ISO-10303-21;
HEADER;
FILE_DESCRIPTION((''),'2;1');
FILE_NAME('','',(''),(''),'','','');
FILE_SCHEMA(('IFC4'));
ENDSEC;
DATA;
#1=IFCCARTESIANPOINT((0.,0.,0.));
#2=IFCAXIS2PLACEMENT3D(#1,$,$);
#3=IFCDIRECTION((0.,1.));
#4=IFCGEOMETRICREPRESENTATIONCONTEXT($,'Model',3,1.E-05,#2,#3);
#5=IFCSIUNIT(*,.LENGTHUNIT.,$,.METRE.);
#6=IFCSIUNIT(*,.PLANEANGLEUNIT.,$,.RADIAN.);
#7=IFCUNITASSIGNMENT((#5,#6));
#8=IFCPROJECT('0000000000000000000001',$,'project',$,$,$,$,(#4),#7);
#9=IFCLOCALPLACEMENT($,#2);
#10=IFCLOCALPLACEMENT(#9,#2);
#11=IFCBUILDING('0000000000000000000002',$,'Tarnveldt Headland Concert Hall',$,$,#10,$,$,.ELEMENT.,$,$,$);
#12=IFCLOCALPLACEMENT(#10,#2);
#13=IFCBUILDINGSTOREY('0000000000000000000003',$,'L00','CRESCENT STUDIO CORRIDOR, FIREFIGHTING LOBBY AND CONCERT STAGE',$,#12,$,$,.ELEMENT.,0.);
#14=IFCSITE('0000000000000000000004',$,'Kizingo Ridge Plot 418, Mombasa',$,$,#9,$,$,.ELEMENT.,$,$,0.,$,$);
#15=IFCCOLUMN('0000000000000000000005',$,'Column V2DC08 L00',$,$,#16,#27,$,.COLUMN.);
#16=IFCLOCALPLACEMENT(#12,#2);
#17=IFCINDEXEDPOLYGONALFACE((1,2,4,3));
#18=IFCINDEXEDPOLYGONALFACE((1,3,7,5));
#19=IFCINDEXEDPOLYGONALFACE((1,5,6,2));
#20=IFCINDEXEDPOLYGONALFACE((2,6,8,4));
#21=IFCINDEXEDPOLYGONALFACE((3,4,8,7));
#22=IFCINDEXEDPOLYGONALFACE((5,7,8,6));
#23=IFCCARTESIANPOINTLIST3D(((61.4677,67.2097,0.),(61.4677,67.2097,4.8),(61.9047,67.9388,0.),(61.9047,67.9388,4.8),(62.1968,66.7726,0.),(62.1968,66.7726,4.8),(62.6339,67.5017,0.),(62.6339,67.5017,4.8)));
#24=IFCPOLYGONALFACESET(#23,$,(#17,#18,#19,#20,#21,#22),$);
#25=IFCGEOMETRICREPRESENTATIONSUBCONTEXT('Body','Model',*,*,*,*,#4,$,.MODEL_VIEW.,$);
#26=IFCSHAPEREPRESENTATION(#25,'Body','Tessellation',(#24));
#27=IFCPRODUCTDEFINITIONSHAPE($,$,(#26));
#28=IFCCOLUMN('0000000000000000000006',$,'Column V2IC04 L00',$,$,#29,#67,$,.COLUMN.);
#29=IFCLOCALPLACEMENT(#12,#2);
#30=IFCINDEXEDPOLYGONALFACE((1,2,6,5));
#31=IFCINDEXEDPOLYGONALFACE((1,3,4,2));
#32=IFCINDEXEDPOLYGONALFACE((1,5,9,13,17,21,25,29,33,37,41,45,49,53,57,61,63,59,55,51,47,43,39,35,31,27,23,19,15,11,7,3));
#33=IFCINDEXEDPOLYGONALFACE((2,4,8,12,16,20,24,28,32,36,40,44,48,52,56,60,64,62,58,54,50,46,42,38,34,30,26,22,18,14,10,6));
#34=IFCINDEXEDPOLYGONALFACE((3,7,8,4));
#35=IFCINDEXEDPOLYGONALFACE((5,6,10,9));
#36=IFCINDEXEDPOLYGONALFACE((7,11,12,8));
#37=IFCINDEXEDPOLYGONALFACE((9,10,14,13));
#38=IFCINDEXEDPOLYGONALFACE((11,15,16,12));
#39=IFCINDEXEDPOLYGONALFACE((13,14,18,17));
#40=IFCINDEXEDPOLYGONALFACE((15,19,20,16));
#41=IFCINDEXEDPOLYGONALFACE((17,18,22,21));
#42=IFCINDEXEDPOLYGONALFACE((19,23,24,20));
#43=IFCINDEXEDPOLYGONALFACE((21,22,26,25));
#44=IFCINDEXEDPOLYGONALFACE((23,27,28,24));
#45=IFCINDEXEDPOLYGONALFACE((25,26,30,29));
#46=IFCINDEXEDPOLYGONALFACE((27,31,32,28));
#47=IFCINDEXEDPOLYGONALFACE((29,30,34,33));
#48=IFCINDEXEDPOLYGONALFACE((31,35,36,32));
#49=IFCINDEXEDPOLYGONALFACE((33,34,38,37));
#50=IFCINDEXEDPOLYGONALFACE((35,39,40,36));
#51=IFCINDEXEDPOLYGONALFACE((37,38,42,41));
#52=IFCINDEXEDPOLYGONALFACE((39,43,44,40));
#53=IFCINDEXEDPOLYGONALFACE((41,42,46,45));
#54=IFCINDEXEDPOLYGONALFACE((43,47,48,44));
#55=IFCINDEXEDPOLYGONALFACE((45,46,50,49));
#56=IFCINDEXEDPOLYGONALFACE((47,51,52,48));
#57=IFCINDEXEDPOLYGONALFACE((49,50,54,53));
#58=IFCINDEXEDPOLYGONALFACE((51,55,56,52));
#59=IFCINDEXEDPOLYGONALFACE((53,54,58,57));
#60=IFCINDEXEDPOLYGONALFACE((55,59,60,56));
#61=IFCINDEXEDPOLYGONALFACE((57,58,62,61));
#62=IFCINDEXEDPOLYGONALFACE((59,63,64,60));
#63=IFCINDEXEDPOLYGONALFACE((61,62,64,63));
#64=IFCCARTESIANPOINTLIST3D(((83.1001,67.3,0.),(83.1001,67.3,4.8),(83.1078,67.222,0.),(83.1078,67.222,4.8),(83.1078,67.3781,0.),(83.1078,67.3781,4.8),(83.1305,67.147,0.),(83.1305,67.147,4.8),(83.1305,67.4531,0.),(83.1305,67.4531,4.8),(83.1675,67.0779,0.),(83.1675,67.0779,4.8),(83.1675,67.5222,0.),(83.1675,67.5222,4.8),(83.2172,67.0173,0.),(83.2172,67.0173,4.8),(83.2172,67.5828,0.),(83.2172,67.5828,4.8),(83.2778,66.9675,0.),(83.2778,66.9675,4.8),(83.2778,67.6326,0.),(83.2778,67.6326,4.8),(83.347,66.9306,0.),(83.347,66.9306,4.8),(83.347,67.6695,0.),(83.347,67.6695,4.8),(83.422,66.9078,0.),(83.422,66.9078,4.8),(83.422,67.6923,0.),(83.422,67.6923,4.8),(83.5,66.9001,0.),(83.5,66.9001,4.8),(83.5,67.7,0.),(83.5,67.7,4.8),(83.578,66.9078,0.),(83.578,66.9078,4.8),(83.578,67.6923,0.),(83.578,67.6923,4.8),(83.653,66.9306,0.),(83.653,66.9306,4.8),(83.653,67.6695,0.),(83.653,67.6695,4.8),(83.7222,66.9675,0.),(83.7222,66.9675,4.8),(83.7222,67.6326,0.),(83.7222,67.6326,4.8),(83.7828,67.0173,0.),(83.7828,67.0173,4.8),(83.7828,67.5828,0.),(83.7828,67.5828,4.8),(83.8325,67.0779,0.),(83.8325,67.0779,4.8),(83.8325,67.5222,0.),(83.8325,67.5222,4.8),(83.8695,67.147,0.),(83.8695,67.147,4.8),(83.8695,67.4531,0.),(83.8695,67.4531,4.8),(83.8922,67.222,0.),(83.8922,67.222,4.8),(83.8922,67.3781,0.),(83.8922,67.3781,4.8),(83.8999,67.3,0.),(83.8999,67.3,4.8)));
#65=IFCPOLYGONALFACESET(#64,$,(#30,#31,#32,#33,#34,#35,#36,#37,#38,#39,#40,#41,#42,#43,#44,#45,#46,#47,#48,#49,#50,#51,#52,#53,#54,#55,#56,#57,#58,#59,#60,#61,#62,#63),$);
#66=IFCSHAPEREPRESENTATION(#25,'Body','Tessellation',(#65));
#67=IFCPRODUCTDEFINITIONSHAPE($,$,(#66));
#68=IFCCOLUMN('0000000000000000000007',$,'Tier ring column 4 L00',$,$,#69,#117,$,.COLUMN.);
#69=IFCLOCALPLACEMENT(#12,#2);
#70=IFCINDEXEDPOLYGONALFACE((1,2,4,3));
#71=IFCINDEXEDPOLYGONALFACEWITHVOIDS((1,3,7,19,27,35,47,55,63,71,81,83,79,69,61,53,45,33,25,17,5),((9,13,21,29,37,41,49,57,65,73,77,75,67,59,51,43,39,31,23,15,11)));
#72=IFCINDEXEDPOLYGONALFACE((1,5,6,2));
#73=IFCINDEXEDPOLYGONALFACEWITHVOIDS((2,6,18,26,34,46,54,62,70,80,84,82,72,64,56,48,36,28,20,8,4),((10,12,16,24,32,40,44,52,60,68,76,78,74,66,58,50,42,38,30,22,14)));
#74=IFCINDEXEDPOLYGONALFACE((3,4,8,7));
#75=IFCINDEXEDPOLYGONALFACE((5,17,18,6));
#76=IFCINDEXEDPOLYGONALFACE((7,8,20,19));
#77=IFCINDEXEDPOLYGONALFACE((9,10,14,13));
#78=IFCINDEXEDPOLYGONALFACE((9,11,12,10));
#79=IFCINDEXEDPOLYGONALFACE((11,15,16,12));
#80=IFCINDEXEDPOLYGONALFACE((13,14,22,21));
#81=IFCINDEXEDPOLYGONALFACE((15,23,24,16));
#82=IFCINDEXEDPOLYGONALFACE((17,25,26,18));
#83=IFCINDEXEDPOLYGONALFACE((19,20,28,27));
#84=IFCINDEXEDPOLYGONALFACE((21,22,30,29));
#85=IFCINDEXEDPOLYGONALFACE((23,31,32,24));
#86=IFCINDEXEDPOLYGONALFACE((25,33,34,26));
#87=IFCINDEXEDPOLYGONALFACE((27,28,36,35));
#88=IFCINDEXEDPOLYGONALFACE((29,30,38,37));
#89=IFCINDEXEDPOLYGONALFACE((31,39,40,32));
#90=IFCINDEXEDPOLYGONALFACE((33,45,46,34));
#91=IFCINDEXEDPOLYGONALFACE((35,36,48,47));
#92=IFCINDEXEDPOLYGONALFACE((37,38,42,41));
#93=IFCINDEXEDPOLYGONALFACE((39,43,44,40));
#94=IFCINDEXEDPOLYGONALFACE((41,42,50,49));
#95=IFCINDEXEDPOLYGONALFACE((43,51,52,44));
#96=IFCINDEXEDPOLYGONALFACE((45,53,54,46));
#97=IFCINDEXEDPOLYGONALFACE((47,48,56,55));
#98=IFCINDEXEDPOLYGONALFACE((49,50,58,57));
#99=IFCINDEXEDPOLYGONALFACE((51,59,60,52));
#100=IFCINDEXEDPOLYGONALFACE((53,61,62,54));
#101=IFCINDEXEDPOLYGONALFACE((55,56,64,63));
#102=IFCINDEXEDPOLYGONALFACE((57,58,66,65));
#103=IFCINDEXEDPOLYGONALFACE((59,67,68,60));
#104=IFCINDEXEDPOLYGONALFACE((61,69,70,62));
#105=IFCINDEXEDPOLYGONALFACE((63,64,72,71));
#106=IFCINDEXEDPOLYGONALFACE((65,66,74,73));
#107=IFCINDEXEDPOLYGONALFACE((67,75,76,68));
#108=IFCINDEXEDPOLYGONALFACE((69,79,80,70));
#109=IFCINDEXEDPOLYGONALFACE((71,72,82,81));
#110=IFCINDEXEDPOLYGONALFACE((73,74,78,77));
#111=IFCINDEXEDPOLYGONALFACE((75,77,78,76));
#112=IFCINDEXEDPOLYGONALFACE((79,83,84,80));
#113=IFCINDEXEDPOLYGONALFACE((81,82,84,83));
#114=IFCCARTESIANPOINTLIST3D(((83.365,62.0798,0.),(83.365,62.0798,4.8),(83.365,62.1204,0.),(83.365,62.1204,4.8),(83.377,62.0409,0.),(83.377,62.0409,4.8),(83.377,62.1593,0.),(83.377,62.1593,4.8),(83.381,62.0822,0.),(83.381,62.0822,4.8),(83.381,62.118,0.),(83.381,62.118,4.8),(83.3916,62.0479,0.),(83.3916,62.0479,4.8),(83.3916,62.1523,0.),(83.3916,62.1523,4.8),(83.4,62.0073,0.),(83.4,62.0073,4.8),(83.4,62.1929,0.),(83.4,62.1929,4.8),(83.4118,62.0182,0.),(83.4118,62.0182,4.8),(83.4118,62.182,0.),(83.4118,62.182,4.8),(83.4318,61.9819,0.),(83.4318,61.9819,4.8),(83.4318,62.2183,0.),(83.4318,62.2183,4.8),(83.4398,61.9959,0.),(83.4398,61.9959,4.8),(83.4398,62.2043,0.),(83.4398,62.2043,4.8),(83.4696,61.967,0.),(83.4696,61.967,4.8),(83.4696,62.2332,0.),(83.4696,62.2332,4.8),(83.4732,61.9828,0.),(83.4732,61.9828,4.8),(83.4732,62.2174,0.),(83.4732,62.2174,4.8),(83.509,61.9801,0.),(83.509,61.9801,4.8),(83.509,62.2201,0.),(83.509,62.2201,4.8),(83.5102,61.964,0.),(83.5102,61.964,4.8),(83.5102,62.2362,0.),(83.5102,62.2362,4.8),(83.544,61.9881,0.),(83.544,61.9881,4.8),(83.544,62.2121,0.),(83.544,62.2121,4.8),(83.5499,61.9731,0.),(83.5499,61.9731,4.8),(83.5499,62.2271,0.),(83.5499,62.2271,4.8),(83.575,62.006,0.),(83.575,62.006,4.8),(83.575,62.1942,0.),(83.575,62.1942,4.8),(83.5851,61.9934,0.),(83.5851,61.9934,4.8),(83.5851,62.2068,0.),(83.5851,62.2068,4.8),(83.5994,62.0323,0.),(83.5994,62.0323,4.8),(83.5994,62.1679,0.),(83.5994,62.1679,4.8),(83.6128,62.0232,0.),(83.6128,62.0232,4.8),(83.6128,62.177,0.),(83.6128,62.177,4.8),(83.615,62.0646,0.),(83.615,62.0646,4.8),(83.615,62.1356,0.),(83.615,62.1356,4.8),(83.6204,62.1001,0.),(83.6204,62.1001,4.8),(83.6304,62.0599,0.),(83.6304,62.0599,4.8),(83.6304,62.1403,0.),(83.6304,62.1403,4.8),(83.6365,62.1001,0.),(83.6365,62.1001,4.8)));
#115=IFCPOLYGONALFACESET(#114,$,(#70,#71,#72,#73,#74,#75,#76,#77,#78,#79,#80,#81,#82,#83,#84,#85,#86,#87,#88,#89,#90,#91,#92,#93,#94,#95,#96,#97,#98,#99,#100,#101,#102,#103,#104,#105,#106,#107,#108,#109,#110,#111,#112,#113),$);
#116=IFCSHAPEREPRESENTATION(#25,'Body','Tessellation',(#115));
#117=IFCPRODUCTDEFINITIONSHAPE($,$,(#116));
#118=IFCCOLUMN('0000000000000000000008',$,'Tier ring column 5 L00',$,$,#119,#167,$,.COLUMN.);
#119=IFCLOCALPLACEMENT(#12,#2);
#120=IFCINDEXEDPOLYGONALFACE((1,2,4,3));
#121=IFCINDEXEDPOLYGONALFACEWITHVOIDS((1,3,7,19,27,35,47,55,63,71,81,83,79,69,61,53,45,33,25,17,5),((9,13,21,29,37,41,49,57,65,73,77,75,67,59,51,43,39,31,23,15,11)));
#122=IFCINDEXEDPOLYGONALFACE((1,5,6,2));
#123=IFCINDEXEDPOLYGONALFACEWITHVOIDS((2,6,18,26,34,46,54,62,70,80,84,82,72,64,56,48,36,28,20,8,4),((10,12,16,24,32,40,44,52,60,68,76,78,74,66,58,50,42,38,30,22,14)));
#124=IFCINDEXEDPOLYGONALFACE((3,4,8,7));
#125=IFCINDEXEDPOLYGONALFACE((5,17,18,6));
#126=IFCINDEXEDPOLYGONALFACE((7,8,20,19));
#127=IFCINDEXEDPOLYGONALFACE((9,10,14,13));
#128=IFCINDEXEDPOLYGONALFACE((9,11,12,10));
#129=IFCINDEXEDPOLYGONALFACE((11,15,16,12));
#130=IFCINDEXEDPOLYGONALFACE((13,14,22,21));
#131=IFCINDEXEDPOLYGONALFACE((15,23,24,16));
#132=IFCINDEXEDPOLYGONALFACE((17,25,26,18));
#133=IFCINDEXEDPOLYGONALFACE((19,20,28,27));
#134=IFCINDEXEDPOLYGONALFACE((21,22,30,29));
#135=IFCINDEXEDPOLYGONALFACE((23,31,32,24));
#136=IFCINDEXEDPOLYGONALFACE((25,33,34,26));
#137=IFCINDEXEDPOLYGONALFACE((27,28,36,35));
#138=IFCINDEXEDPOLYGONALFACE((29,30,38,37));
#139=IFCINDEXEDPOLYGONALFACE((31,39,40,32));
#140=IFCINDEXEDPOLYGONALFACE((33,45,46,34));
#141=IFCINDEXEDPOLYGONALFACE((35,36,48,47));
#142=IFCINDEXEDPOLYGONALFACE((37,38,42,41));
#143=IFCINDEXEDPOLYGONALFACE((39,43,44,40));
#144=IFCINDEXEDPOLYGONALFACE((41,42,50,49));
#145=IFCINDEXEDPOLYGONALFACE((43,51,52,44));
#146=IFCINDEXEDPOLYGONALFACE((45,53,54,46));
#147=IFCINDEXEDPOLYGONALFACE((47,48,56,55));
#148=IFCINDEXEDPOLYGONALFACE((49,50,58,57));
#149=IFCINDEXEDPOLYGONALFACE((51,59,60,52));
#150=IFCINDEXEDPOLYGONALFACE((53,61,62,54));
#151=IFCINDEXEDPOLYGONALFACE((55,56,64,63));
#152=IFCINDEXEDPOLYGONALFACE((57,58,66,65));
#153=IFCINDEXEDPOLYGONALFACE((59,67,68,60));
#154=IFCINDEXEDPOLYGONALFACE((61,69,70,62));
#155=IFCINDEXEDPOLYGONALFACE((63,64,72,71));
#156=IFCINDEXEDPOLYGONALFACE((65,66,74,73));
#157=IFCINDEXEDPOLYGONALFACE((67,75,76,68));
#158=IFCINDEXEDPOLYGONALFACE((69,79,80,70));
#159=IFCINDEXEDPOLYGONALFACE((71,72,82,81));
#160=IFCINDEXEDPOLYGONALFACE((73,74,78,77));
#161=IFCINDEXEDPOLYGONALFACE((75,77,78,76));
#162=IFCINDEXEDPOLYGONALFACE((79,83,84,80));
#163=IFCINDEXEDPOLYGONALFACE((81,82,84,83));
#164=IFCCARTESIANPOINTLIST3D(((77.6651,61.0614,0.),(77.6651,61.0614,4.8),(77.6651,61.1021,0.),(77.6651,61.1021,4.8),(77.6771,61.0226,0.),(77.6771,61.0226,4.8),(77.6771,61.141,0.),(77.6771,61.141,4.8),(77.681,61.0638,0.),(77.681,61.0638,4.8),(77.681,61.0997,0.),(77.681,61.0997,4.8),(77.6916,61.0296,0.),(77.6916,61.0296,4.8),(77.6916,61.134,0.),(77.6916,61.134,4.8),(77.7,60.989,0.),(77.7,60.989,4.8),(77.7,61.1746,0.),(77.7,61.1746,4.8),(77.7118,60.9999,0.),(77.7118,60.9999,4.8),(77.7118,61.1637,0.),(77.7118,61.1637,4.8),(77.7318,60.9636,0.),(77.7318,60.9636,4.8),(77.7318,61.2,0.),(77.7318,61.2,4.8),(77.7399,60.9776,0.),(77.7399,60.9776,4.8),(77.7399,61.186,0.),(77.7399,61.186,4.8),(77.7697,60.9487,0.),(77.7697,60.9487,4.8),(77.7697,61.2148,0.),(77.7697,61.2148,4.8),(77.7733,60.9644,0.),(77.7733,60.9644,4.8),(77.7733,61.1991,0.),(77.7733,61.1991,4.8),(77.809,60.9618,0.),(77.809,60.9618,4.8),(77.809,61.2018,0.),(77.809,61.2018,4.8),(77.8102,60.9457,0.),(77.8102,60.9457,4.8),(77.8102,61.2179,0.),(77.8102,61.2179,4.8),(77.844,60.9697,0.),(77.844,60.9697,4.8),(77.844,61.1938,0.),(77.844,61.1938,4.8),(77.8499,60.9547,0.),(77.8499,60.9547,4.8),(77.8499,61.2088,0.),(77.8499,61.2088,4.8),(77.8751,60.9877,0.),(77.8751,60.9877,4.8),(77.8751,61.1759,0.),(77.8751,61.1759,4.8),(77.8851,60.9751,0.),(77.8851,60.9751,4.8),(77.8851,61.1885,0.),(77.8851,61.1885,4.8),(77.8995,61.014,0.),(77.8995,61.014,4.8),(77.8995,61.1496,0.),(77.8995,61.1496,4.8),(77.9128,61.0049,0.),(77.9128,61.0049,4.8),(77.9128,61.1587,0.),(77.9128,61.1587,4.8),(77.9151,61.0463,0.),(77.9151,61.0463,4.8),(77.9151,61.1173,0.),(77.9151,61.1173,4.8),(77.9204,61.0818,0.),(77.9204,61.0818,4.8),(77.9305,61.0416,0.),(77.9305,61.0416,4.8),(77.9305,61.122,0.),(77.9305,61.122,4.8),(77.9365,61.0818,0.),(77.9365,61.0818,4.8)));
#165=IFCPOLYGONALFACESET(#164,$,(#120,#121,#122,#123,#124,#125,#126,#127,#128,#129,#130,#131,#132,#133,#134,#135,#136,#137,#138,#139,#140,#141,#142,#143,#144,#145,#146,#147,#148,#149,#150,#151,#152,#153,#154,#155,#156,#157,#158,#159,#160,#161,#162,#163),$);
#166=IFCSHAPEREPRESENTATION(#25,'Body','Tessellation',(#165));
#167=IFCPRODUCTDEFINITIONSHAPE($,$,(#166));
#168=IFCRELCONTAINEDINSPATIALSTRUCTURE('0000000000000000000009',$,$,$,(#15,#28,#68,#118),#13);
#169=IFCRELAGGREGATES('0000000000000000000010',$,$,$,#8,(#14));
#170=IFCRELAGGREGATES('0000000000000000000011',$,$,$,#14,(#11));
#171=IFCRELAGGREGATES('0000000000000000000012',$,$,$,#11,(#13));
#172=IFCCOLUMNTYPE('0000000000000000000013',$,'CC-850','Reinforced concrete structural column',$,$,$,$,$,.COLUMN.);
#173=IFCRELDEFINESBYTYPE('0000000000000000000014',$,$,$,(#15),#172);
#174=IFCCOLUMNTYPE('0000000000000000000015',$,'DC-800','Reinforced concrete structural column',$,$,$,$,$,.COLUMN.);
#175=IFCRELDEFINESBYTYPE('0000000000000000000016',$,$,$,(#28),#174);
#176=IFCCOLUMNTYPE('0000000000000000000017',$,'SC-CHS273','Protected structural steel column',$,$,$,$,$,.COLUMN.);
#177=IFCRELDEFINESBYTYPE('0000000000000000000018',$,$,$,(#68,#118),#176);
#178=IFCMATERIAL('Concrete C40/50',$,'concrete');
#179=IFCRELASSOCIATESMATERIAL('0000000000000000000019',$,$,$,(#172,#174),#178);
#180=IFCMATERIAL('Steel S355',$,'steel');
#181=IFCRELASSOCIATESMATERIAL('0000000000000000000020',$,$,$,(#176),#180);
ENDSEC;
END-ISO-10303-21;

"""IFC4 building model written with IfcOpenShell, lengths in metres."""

from ifc_helpers import new_model, si_unit, direction, frame, origin, origin_2d, place, context, subcontext, project, spatial, rectangle, circle, hollow_circle, extrude, material, material_profile, profile_set, type_object, element, save


model = new_model("IFC4")

# Units and contexts
model_context = context("Model", 3, precision=1e-05, world=origin(), true_north=direction((0.0, 1.0)))
body_context = subcontext(model_context, "Body", "Model", "MODEL_VIEW")
ifc_project = project(units=[si_unit("LENGTHUNIT", "METRE"), si_unit("PLANEANGLEUNIT", "RADIAN")], contexts=[model_context])

# Site, building, storey
site_placement = place(None, origin())
site = spatial("IfcSite", under=ifc_project, at=site_placement, Name="Kizingo Ridge Plot 418, Mombasa", CompositionType="ELEMENT", RefElevation=0.0)
building_placement = place(site_placement, origin())
building = spatial("IfcBuilding", under=site, at=building_placement, Name="Tarnveldt Headland Concert Hall", CompositionType="ELEMENT")
storey_placement = place(building_placement, origin())
storey = spatial("IfcBuildingStorey", under=building, at=storey_placement, Name="L00", Description="CRESCENT STUDIO CORRIDOR, FIREFIGHTING LOBBY AND CONCERT STAGE", CompositionType="ELEMENT", Elevation=0.0)

# Columns
ifc_material_1 = material(Name="Concrete C40/50", Category="concrete")
ifc_material_profile_1 = material_profile(ifc_material_1, rectangle(XDim=0.8501, YDim=0.8501, at=origin_2d()), Name="RC 850x850", Category="concrete")
ifc_profile_set_1 = profile_set([ifc_material_profile_1], Name="Concrete C40/50")
column_type_1 = type_object("IfcColumnType", Name="CC-850", Description="Reinforced concrete structural column", PredefinedType="COLUMN", material=ifc_profile_set_1)
column_placement = place(storey_placement, frame((62.0508, 67.3557, 0.0), z_axis=(0.0, 0.0, 1.0), x_axis=(-0.857706, 0.51414, 0.0)))
element("IfcColumn", 1, at=column_placement, inside=storey, type_object=column_type_1, Name="Column V2DC08 L00", PredefinedType="COLUMN", context=body_context, shape_type="SweptSolid", body=[
    extrude(rectangle(XDim=0.8501, YDim=0.8501, at=origin_2d()), origin(), (0.0, 0.0, 1.0), 4.8),
])
ifc_material_profile_2 = material_profile(ifc_material_1, circle(Radius=0.3999, at=origin_2d()), Name="RC D800", Category="concrete")
ifc_profile_set_2 = profile_set([ifc_material_profile_2], Name="Concrete C40/50")
column_type_2 = type_object("IfcColumnType", Name="DC-800", Description="Reinforced concrete structural column", PredefinedType="COLUMN", material=ifc_profile_set_2)
for number, where, z_axis, x_axis, name in (
    (2, (83.5, 67.3, 0.0), (0.0, 0.0, 1.0), (0.0, 1.0, 0.0), "Column V2IC04 L00"),
):
    element("IfcColumn", number, at=place(storey_placement, frame(where, z_axis=z_axis, x_axis=x_axis)), inside=storey, type_object=column_type_2, Name=name, PredefinedType="COLUMN", context=body_context, shape_type="SweptSolid", body=[
        extrude(circle(Radius=0.3999, at=origin_2d()), origin(), (0.0, 0.0, 1.0), 4.8),
    ])
ifc_material_2 = material(Name="Steel S355", Category="steel")
ifc_material_profile_3 = material_profile(ifc_material_2, hollow_circle(Radius=0.1365, WallThickness=0.0161, at=origin_2d()), Name="CHS 273x16", Category="steel")
ifc_profile_set_3 = profile_set([ifc_material_profile_3], Name="Steel S355")
column_type_3 = type_object("IfcColumnType", Name="SC-CHS273", Description="Protected structural steel column", PredefinedType="COLUMN", material=ifc_profile_set_3)
for number, where, z_axis, x_axis, name in (
    (3, (83.5, 62.1001, 0.0), (0.0, 0.0, 1.0), (1.0, 0.0, 0.0), "Tier ring column 4 L00"),
    (4, (77.8, 61.0818, 0.0), (0.0, 0.0, 1.0), (1.0, 0.0, 0.0), "Tier ring column 5 L00"),
):
    element("IfcColumn", number, at=place(storey_placement, frame(where, z_axis=z_axis, x_axis=x_axis)), inside=storey, type_object=column_type_3, Name=name, PredefinedType="COLUMN", context=body_context, shape_type="SweptSolid", body=[
        extrude(hollow_circle(Radius=0.1365, WallThickness=0.0161, at=origin_2d()), origin(), (0.0, 0.0, 1.0), 4.8),
    ])

save(model, "model.ifc")
